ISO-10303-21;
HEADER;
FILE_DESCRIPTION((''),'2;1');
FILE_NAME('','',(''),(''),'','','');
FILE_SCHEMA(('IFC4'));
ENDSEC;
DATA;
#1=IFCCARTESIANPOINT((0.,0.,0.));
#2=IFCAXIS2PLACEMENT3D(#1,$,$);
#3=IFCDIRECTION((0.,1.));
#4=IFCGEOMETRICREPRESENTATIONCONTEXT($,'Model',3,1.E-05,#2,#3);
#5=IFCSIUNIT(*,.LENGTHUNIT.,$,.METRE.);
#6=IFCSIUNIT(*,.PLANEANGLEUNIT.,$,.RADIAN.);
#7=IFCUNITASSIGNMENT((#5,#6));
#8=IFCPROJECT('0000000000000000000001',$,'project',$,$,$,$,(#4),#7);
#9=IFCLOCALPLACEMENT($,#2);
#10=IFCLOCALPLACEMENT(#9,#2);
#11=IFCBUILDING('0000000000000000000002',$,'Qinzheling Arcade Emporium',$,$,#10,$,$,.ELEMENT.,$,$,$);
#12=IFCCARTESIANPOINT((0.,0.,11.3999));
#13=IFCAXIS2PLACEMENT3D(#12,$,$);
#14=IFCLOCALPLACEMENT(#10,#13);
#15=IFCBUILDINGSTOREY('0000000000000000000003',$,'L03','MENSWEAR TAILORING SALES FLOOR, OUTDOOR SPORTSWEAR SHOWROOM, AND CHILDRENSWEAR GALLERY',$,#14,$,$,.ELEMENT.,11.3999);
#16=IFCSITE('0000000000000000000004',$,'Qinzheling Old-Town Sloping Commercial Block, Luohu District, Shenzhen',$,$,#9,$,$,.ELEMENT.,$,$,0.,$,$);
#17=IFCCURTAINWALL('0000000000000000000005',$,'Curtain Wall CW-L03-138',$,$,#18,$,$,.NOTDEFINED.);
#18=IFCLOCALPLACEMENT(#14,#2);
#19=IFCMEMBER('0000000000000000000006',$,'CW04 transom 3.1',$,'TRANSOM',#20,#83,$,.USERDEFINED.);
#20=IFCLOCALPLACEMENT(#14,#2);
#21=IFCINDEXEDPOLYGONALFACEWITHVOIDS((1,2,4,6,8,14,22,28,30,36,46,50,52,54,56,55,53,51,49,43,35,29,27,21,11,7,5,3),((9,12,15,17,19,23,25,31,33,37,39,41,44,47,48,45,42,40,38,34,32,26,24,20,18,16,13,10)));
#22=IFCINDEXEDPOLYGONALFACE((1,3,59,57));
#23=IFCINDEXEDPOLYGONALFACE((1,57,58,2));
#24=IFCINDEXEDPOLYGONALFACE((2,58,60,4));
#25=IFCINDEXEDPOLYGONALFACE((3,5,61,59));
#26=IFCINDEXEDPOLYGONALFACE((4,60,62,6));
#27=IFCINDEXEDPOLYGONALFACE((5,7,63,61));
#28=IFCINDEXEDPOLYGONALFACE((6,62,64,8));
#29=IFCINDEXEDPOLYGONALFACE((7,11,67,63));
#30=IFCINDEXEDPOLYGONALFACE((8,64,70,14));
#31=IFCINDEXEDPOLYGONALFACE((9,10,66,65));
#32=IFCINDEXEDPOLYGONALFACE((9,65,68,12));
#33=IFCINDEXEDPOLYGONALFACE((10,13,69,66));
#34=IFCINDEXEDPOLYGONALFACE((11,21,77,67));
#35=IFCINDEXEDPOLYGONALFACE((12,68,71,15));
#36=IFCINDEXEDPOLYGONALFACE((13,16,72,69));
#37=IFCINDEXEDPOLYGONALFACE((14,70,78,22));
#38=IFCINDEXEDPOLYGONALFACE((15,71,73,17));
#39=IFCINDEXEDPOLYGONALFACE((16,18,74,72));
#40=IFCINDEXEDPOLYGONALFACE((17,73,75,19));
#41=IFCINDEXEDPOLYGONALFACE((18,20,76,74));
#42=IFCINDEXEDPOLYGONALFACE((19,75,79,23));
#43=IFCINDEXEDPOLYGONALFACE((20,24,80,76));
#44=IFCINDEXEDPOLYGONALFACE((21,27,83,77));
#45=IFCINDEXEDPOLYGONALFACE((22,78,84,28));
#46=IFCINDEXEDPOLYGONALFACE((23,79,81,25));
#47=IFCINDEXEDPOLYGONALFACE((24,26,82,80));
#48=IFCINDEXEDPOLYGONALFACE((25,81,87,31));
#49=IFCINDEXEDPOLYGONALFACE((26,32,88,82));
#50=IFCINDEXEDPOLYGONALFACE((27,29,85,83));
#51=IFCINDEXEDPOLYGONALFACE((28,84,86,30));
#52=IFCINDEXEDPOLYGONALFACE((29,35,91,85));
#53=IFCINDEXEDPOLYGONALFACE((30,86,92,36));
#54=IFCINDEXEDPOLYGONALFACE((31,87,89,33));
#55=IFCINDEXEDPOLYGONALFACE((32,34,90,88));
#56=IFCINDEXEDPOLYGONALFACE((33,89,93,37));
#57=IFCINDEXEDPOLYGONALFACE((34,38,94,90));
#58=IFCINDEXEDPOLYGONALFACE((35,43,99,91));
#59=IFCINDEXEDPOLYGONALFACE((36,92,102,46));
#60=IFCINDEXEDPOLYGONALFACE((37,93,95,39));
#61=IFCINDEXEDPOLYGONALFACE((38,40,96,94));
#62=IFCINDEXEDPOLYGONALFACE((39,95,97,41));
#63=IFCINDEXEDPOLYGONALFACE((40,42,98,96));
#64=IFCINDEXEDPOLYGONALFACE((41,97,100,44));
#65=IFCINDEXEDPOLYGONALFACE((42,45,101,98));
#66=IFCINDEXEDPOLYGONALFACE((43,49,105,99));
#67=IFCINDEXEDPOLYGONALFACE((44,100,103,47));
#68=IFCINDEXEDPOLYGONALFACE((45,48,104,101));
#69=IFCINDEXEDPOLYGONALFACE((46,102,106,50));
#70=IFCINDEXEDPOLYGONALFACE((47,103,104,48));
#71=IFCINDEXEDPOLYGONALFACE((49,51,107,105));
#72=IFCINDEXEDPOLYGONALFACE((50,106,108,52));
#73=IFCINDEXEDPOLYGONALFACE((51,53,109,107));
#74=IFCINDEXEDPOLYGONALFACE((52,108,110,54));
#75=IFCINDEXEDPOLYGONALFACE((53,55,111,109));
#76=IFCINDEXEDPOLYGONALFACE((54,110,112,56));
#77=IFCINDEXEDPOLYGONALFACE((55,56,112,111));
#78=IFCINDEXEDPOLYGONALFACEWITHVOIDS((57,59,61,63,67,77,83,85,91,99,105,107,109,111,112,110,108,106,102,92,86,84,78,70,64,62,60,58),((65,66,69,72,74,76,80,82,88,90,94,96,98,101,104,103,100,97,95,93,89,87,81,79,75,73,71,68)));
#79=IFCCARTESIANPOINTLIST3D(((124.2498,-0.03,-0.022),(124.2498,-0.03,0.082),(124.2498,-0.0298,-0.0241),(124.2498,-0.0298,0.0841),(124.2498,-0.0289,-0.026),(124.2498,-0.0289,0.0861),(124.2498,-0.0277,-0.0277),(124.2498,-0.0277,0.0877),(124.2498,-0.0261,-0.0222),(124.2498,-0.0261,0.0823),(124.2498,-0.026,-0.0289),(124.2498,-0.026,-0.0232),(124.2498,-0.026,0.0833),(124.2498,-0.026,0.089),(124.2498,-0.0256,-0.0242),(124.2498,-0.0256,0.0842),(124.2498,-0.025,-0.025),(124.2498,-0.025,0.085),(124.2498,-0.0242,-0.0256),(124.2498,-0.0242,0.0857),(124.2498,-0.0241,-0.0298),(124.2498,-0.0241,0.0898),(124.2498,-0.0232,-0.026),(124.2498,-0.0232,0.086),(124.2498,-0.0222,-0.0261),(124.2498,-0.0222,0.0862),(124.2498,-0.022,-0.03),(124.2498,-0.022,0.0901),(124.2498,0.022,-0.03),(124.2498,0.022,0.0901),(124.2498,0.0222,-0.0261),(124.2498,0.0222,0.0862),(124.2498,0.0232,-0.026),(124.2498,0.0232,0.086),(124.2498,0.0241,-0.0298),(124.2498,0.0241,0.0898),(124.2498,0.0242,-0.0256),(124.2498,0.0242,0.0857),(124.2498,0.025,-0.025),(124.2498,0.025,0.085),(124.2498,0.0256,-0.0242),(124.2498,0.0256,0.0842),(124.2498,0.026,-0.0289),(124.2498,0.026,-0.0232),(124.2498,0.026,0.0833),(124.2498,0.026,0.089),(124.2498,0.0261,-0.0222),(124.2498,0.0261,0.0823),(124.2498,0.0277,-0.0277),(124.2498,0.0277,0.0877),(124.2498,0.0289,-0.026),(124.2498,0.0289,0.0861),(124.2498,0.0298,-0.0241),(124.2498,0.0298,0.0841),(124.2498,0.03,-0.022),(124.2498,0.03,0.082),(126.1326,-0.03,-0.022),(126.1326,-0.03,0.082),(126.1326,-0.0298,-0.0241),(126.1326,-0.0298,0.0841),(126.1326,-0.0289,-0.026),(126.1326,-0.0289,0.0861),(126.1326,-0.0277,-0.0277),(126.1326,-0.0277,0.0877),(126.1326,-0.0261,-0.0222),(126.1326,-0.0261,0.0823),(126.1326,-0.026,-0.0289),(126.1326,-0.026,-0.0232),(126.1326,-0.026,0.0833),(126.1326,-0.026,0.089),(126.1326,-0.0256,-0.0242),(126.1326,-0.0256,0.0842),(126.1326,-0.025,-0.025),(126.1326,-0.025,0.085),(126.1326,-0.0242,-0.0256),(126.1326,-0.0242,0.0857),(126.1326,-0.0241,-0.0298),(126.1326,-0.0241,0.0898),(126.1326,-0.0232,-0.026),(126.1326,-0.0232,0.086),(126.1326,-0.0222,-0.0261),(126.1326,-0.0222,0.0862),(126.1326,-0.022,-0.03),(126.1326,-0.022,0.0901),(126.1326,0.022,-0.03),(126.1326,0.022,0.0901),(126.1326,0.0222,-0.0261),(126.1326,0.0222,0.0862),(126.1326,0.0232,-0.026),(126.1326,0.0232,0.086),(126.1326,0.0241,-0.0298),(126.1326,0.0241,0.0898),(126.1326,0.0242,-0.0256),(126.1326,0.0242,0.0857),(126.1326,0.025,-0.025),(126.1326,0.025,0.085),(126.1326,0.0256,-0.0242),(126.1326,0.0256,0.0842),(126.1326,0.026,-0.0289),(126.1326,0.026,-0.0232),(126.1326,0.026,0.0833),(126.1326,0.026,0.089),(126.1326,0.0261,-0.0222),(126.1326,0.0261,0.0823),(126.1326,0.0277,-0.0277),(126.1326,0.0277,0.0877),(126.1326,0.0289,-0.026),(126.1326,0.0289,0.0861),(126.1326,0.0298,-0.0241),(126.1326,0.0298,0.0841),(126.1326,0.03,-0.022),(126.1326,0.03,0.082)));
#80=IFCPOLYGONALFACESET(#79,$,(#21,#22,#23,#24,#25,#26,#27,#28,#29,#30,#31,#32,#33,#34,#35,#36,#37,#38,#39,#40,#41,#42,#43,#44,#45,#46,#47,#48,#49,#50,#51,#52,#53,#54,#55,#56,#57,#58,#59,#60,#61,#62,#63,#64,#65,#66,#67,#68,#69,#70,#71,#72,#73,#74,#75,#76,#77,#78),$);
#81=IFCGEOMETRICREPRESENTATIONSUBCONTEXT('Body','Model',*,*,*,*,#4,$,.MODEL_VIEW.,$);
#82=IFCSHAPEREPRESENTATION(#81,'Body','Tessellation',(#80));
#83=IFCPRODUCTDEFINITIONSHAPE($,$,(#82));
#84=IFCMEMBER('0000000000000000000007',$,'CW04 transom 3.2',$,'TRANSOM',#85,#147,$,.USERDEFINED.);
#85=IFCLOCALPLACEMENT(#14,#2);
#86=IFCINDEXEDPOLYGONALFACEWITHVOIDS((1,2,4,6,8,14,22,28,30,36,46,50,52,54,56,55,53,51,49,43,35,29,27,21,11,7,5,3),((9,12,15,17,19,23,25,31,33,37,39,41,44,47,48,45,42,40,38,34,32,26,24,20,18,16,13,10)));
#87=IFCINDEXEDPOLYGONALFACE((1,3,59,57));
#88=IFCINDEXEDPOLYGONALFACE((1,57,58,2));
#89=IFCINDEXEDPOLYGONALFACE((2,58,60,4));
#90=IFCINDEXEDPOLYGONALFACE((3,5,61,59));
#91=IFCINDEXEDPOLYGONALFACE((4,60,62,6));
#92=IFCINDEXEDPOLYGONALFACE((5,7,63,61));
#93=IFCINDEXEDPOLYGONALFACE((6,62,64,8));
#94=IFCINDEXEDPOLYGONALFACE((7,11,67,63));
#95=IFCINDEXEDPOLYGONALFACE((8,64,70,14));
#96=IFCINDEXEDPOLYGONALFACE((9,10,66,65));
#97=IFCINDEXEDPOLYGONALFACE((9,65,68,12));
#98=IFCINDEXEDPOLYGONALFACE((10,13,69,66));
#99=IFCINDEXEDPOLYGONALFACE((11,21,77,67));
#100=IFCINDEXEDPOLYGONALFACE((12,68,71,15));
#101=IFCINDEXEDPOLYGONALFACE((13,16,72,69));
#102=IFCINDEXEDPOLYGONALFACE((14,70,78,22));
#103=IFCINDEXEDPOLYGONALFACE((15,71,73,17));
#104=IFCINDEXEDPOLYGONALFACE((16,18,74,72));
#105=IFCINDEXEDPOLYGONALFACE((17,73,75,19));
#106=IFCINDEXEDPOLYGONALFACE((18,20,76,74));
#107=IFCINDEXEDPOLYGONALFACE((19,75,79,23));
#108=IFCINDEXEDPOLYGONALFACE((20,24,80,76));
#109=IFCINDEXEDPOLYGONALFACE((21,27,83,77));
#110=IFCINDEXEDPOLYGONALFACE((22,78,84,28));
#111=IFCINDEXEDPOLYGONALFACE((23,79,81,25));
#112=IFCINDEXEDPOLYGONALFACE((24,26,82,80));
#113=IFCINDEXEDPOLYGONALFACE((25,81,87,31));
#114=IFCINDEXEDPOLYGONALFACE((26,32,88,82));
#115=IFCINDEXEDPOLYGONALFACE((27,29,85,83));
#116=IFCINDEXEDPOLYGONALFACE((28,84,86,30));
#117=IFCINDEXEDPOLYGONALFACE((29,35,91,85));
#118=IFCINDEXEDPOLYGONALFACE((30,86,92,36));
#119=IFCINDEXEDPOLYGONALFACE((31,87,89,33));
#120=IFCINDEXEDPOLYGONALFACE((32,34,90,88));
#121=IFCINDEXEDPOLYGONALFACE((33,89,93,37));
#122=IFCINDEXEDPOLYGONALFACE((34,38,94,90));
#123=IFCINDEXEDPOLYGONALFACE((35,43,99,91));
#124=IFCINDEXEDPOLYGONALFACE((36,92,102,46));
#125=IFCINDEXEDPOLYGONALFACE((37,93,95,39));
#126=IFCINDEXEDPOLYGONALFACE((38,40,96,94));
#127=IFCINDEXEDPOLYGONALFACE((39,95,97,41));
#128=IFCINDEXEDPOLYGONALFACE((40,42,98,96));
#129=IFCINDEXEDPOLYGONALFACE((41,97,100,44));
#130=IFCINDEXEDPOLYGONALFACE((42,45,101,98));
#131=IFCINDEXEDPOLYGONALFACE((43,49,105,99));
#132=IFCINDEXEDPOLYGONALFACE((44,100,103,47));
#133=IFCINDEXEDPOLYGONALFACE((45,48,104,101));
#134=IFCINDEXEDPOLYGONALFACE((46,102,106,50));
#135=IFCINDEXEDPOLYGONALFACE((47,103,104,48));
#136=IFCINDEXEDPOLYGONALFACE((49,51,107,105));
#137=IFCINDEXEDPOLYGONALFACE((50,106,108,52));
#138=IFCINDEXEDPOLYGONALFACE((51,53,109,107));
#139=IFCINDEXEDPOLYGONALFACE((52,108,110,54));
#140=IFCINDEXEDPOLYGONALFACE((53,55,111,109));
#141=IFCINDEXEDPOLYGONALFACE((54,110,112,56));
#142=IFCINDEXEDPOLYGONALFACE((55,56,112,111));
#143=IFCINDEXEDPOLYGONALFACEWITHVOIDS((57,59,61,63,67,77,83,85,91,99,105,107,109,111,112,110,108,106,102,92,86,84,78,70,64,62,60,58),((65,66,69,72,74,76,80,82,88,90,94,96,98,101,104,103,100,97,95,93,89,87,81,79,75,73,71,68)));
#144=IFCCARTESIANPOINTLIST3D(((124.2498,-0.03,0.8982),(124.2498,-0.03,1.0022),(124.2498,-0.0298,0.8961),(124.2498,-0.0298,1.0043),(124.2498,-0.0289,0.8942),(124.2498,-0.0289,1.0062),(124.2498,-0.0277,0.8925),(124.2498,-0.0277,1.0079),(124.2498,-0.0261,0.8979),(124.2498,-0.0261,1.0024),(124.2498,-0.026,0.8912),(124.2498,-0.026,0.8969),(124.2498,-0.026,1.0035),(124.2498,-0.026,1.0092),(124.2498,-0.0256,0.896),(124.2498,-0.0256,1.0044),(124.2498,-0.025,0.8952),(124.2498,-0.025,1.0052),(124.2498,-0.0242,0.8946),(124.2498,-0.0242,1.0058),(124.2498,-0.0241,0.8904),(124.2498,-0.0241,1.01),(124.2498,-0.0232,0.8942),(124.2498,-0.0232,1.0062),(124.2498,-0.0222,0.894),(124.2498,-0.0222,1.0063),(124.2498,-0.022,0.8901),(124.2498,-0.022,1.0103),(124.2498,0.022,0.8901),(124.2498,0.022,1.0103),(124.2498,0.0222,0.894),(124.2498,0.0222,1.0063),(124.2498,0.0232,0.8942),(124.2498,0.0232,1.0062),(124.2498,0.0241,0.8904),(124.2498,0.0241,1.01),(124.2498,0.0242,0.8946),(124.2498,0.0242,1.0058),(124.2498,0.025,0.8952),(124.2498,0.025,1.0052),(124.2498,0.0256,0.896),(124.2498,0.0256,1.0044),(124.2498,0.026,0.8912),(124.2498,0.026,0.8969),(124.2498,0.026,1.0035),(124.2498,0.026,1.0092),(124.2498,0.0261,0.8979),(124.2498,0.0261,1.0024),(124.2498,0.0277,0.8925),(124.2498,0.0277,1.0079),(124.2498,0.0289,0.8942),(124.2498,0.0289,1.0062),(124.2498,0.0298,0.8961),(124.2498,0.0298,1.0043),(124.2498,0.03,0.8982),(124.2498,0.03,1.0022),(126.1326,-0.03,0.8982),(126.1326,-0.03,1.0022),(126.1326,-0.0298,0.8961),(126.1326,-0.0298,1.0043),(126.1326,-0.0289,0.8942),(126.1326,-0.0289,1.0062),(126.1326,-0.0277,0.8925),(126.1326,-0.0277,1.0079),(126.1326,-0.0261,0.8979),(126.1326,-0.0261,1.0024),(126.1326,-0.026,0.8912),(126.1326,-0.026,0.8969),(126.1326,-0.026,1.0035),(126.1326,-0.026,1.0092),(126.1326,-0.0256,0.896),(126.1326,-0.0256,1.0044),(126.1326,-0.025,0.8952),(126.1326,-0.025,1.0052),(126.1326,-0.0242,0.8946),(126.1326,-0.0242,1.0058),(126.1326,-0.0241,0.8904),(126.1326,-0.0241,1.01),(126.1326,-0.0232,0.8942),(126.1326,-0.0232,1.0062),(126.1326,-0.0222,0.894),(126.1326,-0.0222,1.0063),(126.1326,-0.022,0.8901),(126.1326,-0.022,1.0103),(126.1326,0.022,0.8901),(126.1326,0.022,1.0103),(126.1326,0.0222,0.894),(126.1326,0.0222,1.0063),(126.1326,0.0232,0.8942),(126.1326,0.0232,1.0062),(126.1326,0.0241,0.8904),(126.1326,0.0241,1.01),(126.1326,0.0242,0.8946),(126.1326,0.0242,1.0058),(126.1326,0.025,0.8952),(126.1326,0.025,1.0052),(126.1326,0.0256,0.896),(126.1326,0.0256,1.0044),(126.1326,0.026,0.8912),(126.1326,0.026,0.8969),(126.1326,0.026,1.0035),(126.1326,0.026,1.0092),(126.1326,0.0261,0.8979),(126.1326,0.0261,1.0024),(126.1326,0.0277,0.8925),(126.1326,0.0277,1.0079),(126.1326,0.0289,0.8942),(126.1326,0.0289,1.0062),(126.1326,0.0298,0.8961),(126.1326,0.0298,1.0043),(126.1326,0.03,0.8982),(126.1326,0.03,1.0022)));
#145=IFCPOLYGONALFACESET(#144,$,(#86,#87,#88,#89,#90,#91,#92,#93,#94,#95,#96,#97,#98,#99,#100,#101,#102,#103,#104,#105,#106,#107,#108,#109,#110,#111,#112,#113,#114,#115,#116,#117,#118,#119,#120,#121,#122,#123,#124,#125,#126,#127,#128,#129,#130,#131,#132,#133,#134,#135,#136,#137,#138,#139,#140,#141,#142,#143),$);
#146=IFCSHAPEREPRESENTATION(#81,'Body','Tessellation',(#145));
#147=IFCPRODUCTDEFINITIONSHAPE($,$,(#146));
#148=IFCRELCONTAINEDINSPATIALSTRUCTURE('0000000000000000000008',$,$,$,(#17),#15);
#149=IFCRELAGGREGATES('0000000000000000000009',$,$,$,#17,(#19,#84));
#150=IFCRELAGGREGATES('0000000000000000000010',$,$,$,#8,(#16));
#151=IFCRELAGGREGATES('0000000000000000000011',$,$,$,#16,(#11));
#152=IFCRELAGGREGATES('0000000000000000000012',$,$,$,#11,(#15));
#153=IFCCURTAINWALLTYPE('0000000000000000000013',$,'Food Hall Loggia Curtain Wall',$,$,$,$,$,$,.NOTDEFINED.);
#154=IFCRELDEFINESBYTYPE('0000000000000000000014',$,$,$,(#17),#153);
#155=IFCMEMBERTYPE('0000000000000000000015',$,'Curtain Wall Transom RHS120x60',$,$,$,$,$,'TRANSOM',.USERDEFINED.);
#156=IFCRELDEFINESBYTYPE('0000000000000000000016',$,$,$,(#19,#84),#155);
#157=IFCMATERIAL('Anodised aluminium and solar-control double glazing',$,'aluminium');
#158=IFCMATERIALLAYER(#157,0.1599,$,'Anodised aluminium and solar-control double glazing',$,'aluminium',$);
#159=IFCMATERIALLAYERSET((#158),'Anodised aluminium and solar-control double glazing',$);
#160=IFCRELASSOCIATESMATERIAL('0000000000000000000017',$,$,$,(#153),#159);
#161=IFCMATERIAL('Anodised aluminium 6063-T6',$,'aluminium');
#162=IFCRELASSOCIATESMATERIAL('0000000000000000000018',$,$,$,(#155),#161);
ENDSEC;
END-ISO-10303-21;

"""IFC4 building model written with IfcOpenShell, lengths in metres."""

from ifc_helpers import new_model, si_unit, direction, frame, origin, origin_2d, place, context, subcontext, project, spatial, hollow_rectangle, extrude, material, layer, layer_set, material_profile, profile_set, type_object, element, aggregate, save


model = new_model("IFC4")

# Units and contexts
model_context = context("Model", 3, precision=1e-05, world=origin(), true_north=direction((0.0, 1.0)))
body_context = subcontext(model_context, "Body", "Model", "MODEL_VIEW")
ifc_project = project(units=[si_unit("LENGTHUNIT", "METRE"), si_unit("PLANEANGLEUNIT", "RADIAN")], contexts=[model_context])

# Site, building, storey
site_placement = place(None, origin())
site = spatial("IfcSite", under=ifc_project, at=site_placement, Name="Qinzheling Old-Town Sloping Commercial Block, Luohu District, Shenzhen", CompositionType="ELEMENT", RefElevation=0.0)
building_placement = place(site_placement, origin())
building = spatial("IfcBuilding", under=site, at=building_placement, Name="Qinzheling Arcade Emporium", CompositionType="ELEMENT")
storey_placement = place(building_placement, frame((0.0, 0.0, 11.3999)))
storey = spatial("IfcBuildingStorey", under=building, at=storey_placement, Name="L03", Description="MENSWEAR TAILORING SALES FLOOR, OUTDOOR SPORTSWEAR SHOWROOM, AND CHILDRENSWEAR GALLERY", CompositionType="ELEMENT", Elevation=11.3999)

# Curtain wall, members
ifc_material_1 = material(Name="Anodised aluminium and solar-control double glazing", Category="aluminium")
ifc_layer_1 = layer(ifc_material_1, 0.1599, Name="Anodised aluminium and solar-control double glazing", Category="aluminium")
ifc_layer_set_1 = layer_set([ifc_layer_1], Name="Anodised aluminium and solar-control double glazing")
curtain_wall_type = type_object("IfcCurtainWallType", Name="Food Hall Loggia Curtain Wall", PredefinedType="NOTDEFINED", material=ifc_layer_set_1)
curtain_wall_placement = place(storey_placement, origin())
curtain_wall = element("IfcCurtainWall", 1, at=curtain_wall_placement, inside=storey, type_object=curtain_wall_type, Name="Curtain Wall CW-L03-138", PredefinedType="NOTDEFINED")
ifc_material_2 = material(Name="Anodised aluminium 6063-T6", Category="aluminium")
ifc_material_profile_1 = material_profile(ifc_material_2, hollow_rectangle(XDim=0.0601, YDim=0.1201, WallThickness=0.0039, InnerFilletRadius=0.0039, OuterFilletRadius=0.0081, at=origin_2d()), Name="RHS 120x60x4", Category="aluminium")
ifc_profile_set_1 = profile_set([ifc_material_profile_1], Name="Anodised aluminium 6063-T6")
member_type_1 = type_object("IfcMemberType", Name="Curtain Wall Transom RHS120x60", ElementType="TRANSOM", PredefinedType="USERDEFINED", material=ifc_profile_set_1)
member_1_placement = place(storey_placement, frame((126.1326, 0.0, 0.03), z_axis=(-1.0, 0.0, 0.0), x_axis=(0.0, -1.0, 0.0)))
member_1 = element("IfcMember", 2, at=member_1_placement, type_object=member_type_1, Name="CW04 transom 3.1", ObjectType="TRANSOM", PredefinedType="USERDEFINED", context=body_context, shape_type="SweptSolid", body=[
    extrude(hollow_rectangle(XDim=0.0601, YDim=0.1201, WallThickness=0.0039, InnerFilletRadius=0.0039, OuterFilletRadius=0.0081, at=origin_2d()), origin(), (0.0, 0.0, 1.0), 1.8828),
])
member_2_placement = place(storey_placement, frame((126.1326, 0.0, 0.9502), z_axis=(-1.0, 0.0, 0.0), x_axis=(0.0, -1.0, 0.0)))
member_2 = element("IfcMember", 3, at=member_2_placement, type_object=member_type_1, Name="CW04 transom 3.2", ObjectType="TRANSOM", PredefinedType="USERDEFINED", context=body_context, shape_type="SweptSolid", body=[
    extrude(hollow_rectangle(XDim=0.0601, YDim=0.1201, WallThickness=0.0039, InnerFilletRadius=0.0039, OuterFilletRadius=0.0081, at=origin_2d()), origin(), (0.0, 0.0, 1.0), 1.8828),
])

aggregate(curtain_wall, [member_1, member_2])

save(model, "model.ifc")
